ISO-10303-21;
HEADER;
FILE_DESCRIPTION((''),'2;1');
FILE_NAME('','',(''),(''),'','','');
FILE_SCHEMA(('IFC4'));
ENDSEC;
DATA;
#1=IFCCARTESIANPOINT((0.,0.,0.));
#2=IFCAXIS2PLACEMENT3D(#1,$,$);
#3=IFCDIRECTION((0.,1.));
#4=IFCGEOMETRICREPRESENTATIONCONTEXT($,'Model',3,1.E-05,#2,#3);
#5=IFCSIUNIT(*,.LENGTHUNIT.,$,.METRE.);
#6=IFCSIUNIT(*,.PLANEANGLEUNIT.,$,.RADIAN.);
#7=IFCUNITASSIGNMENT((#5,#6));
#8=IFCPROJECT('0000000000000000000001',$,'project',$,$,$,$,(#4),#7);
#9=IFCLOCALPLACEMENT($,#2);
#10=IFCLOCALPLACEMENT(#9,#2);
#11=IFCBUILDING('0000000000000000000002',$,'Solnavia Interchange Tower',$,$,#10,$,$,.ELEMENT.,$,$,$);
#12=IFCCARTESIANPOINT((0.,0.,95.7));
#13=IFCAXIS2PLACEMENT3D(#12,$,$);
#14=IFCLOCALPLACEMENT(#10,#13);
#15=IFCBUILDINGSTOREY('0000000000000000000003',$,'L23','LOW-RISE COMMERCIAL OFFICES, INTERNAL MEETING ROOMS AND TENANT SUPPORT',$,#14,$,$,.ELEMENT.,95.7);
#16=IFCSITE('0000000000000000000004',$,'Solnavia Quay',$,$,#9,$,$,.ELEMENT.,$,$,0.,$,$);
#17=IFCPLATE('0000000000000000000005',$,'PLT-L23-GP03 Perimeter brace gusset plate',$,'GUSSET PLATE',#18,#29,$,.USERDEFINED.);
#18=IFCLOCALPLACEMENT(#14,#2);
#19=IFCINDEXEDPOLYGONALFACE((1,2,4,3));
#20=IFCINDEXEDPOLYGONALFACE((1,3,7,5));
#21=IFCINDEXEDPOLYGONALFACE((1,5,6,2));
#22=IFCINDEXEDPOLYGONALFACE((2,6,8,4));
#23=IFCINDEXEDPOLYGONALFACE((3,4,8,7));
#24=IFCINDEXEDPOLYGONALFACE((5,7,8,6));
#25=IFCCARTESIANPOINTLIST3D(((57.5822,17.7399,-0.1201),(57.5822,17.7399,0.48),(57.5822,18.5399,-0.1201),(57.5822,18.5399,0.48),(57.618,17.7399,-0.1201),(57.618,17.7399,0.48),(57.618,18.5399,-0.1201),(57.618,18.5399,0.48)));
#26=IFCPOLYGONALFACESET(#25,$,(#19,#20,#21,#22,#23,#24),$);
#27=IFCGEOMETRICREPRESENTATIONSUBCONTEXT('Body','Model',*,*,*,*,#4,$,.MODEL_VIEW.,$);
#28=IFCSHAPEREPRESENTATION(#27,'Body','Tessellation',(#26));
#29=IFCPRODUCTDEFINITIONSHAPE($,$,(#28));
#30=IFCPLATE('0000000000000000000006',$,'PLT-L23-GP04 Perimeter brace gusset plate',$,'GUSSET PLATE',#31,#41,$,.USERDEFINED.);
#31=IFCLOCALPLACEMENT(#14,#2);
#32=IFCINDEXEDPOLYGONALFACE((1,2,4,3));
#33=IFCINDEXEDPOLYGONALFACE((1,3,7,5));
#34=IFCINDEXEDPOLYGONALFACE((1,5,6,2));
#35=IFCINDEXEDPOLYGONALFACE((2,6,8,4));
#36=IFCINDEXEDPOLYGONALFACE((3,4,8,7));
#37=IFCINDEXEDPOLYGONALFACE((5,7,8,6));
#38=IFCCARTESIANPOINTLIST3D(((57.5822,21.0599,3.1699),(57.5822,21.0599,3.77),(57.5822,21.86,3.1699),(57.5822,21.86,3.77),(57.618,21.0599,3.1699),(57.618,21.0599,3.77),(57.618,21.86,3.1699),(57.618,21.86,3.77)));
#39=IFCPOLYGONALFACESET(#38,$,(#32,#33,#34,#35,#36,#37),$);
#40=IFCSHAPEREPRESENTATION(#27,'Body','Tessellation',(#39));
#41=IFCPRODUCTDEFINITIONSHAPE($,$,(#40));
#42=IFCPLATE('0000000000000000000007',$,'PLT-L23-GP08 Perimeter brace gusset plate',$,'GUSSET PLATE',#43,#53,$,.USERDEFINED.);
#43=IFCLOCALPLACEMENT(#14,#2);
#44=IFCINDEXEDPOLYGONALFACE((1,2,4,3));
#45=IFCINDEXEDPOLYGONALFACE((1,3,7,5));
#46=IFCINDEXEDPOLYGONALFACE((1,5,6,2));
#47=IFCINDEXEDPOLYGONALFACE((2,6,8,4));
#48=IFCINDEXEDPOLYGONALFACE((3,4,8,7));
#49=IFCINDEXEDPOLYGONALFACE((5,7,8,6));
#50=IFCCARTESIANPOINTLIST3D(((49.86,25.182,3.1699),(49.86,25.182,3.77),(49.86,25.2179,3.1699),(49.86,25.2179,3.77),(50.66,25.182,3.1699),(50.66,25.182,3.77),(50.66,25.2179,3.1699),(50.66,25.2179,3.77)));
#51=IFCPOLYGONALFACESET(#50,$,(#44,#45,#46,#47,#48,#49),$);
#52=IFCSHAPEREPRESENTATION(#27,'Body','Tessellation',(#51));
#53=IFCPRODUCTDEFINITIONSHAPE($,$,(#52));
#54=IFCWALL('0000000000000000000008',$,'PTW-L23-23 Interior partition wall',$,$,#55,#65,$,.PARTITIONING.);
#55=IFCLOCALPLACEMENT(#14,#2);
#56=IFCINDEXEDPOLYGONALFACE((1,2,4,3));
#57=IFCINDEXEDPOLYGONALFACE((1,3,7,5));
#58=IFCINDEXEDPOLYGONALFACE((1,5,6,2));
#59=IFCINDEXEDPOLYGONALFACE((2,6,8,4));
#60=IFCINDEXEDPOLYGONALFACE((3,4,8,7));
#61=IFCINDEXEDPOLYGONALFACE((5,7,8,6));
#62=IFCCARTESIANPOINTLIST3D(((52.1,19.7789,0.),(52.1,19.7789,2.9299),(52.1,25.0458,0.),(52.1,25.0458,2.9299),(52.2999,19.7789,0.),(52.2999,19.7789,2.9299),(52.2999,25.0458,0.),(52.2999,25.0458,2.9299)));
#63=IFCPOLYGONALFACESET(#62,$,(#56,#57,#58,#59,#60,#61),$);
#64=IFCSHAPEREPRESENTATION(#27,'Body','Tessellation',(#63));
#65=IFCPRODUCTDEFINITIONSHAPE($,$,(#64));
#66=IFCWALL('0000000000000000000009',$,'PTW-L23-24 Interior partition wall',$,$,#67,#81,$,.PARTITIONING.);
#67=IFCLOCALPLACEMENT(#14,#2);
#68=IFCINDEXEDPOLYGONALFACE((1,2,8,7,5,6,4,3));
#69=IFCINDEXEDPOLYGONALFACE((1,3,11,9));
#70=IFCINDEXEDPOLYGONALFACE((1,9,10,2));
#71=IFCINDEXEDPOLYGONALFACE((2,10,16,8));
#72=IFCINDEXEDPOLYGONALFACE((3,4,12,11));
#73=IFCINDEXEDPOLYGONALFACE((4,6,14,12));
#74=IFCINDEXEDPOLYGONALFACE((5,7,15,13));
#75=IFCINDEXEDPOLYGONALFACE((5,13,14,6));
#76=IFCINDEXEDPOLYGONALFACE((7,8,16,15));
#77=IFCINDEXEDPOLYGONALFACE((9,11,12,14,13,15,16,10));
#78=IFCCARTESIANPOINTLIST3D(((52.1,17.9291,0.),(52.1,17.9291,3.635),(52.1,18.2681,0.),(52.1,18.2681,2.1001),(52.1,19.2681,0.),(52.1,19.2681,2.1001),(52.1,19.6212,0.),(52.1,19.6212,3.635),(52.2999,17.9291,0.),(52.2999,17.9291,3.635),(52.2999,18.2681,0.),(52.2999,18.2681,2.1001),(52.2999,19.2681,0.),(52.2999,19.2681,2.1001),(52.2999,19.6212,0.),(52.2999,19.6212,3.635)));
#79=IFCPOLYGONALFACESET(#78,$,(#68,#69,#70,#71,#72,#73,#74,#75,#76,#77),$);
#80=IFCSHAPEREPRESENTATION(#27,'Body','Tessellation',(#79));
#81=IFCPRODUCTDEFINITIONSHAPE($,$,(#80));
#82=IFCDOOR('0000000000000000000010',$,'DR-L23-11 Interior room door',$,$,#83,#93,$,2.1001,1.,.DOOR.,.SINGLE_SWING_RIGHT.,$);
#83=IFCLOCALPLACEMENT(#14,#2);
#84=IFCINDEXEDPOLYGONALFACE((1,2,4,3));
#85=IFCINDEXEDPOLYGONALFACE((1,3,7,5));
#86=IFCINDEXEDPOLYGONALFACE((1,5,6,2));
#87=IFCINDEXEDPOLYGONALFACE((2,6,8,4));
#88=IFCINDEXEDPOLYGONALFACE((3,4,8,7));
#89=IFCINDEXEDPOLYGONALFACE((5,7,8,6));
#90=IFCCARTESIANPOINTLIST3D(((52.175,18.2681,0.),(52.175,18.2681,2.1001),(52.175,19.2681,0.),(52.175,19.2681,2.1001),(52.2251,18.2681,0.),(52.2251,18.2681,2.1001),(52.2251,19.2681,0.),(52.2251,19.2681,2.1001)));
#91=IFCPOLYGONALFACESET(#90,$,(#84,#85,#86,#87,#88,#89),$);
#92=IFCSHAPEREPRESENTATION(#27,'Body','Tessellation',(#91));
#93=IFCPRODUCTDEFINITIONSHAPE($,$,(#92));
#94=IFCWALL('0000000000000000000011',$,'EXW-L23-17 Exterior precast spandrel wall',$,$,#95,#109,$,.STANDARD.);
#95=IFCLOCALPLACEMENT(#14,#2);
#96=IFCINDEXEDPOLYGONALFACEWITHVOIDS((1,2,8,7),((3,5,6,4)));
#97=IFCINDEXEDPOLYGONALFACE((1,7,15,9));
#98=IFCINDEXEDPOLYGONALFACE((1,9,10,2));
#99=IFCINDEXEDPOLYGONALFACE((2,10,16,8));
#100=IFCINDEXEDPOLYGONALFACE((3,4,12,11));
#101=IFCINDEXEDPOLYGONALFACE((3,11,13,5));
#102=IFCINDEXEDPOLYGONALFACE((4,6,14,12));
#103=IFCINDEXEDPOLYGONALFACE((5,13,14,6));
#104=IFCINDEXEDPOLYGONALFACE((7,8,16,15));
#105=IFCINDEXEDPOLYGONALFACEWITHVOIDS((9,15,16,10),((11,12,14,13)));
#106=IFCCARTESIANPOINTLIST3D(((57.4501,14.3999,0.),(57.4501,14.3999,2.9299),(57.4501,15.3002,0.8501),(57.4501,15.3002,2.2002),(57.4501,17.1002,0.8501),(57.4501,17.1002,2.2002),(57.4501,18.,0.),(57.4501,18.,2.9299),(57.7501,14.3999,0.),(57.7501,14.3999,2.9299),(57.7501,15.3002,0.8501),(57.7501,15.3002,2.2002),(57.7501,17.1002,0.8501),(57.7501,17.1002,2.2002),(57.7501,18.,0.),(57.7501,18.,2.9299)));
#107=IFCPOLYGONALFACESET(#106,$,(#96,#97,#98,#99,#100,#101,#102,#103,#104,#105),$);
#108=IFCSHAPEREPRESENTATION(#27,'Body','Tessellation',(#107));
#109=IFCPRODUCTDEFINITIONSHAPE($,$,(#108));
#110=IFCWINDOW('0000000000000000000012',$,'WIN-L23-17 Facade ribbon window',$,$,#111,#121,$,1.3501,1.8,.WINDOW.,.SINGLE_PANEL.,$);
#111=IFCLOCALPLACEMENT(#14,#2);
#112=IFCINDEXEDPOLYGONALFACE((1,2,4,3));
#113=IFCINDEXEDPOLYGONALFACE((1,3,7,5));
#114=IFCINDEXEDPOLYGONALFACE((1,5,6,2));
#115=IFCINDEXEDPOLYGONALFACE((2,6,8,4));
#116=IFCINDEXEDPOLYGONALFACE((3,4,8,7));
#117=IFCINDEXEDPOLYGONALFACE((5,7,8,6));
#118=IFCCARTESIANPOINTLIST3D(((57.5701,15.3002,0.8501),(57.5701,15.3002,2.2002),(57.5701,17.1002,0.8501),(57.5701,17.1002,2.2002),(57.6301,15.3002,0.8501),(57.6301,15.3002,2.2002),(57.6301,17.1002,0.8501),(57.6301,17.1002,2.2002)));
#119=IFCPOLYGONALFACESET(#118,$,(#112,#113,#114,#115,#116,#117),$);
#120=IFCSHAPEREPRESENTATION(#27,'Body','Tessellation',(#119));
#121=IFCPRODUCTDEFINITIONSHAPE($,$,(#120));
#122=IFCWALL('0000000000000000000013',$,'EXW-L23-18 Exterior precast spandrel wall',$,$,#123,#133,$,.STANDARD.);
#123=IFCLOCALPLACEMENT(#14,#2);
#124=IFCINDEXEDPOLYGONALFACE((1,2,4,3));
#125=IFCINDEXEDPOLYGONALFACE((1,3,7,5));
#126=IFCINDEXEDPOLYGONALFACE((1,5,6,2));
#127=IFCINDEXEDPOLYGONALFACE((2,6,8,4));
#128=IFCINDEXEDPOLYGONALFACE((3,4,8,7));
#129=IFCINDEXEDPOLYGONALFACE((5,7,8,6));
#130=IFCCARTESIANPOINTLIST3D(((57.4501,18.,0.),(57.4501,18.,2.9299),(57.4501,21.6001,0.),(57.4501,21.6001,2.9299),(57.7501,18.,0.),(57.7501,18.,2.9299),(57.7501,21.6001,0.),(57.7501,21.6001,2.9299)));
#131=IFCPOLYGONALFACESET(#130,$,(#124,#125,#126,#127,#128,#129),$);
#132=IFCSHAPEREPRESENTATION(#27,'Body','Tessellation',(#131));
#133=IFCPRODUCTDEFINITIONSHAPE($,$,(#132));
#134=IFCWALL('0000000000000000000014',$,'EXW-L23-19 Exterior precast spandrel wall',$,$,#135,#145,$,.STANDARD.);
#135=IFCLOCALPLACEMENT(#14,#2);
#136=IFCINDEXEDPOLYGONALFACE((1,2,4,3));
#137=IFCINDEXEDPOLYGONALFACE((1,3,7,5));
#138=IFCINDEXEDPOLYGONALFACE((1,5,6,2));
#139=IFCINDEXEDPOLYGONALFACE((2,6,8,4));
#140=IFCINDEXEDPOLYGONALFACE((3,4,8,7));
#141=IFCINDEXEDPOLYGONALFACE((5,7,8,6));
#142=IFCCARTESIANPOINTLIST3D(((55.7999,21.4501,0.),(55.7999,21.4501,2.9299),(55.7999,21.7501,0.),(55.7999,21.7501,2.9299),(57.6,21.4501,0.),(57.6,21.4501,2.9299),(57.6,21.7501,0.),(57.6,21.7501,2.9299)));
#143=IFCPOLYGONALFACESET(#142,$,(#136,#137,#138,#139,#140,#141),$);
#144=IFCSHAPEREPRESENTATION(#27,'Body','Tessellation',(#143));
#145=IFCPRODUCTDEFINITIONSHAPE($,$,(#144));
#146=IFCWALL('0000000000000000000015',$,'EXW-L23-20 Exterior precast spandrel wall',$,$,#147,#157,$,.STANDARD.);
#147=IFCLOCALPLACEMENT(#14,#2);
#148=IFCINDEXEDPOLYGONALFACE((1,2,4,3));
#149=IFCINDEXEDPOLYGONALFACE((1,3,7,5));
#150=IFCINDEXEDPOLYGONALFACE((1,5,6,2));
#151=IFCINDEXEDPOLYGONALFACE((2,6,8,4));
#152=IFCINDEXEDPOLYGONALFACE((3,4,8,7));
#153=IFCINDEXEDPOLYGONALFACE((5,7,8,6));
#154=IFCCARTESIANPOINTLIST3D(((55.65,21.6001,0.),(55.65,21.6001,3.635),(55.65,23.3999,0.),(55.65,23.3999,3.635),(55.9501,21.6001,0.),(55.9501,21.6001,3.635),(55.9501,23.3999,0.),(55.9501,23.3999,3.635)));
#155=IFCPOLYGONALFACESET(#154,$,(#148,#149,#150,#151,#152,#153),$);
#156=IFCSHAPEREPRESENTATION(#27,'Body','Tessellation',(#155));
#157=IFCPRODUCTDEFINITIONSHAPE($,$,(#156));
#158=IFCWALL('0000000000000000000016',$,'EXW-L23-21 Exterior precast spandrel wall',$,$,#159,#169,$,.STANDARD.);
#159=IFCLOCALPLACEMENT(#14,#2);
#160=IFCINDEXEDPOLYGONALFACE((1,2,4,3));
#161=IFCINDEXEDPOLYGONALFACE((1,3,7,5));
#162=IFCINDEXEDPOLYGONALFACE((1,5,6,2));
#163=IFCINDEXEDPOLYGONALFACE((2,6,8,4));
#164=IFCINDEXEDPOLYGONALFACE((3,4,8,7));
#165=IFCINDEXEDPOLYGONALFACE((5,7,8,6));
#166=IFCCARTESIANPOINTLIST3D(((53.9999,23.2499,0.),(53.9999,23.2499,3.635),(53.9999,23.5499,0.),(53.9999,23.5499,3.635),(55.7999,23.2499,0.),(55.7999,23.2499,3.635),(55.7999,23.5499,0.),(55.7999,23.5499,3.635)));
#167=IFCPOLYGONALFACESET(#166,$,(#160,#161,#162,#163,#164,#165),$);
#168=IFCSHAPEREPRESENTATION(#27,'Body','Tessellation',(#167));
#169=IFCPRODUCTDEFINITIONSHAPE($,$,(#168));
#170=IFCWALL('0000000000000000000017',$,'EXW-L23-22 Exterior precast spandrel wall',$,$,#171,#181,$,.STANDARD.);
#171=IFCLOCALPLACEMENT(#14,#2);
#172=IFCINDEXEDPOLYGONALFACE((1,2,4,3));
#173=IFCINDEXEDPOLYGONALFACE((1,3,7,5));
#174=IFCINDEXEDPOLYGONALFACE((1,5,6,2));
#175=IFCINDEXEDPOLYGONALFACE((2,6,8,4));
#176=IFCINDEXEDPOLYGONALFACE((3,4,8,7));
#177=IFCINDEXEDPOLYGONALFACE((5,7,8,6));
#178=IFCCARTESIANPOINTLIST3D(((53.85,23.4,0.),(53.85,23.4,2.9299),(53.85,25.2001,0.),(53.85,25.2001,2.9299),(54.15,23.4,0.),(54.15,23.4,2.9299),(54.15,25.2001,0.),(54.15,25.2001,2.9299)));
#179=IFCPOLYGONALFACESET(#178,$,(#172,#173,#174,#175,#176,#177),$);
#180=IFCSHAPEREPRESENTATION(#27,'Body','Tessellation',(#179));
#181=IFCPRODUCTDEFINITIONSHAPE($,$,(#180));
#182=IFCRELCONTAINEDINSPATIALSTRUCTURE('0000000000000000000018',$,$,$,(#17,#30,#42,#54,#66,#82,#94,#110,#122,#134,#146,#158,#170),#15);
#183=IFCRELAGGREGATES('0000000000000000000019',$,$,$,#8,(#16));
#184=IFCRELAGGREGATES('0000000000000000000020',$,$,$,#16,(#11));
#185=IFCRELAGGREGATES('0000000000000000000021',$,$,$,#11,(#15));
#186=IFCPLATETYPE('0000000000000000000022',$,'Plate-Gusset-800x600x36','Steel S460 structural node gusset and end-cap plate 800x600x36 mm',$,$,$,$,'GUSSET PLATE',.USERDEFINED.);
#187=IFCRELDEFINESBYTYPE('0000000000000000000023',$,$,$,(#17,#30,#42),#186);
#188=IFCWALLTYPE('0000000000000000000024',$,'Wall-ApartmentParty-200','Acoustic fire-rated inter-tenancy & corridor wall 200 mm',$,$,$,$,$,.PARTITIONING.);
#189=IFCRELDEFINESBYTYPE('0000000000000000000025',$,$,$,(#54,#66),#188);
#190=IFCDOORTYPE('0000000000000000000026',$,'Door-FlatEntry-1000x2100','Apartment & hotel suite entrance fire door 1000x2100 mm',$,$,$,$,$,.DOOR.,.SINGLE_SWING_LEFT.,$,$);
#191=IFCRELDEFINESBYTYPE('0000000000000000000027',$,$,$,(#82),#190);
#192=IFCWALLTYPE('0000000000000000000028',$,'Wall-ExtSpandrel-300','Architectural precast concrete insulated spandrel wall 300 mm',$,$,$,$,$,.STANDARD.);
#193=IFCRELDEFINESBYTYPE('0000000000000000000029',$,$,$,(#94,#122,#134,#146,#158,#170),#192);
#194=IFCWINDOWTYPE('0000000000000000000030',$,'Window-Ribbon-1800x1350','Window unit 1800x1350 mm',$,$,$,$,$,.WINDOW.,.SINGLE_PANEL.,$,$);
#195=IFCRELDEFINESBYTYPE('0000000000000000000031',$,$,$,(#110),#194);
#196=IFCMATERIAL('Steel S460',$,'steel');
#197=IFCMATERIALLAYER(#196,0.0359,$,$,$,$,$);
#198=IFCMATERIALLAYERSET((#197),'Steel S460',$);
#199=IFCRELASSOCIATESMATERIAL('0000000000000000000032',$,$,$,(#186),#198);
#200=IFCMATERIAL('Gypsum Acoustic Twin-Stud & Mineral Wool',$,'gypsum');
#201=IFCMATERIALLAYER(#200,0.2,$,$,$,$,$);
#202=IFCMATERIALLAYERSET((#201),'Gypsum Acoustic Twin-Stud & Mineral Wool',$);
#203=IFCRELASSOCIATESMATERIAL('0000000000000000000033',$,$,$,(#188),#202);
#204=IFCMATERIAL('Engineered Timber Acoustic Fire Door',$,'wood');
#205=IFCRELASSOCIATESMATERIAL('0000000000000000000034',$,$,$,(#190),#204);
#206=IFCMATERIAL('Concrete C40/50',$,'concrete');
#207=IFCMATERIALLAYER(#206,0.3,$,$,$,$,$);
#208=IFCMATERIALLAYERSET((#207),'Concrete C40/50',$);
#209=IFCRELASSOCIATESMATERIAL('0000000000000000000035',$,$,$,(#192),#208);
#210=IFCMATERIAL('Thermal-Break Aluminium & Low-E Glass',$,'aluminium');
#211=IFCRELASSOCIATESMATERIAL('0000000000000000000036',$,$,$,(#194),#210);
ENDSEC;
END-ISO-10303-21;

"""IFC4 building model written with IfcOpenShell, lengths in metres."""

from ifc_helpers import new_model, si_unit, direction, frame, frame_2d, origin, origin_2d, place, context, subcontext, project, spatial, rectangle, extrude, material, layer, layer_set, type_object, element, fill, save


model = new_model("IFC4")

# Units and contexts
model_context = context("Model", 3, precision=1e-05, world=origin(), true_north=direction((0.0, 1.0)))
body_context = subcontext(model_context, "Body", "Model", "MODEL_VIEW")
ifc_project = project(units=[si_unit("LENGTHUNIT", "METRE"), si_unit("PLANEANGLEUNIT", "RADIAN")], contexts=[model_context])

# Site, building, storey
site_placement = place(None, origin())
site = spatial("IfcSite", under=ifc_project, at=site_placement, Name="Solnavia Quay", CompositionType="ELEMENT", RefElevation=0.0)
building_placement = place(site_placement, origin())
building = spatial("IfcBuilding", under=site, at=building_placement, Name="Solnavia Interchange Tower", CompositionType="ELEMENT")
storey_placement = place(building_placement, frame((0.0, 0.0, 95.7)))
storey = spatial("IfcBuildingStorey", under=building, at=storey_placement, Name="L23", Description="LOW-RISE COMMERCIAL OFFICES, INTERNAL MEETING ROOMS AND TENANT SUPPORT", CompositionType="ELEMENT", Elevation=95.7)

# Shared definitions
ifc_material_1 = material(Name="Steel S460", Category="steel")

# Plates
ifc_layer_1 = layer(ifc_material_1, 0.0359)
ifc_layer_set_1 = layer_set([ifc_layer_1], Name="Steel S460")
plate_type = type_object("IfcPlateType", Name="Plate-Gusset-800x600x36", Description="Steel S460 structural node gusset and end-cap plate 800x600x36 mm", ElementType="GUSSET PLATE", PredefinedType="USERDEFINED", material=ifc_layer_set_1)
for number, where, z_axis, x_axis, name in (
    (1, (57.6001, 18.1399, -0.1201), (0.0, 0.0, 1.0), (0.0, 1.0, 0.0), "PLT-L23-GP03 Perimeter brace gusset plate"),
    (2, (57.6001, 21.46, 3.1699), (0.0, 0.0, 1.0), (0.0, 1.0, 0.0), "PLT-L23-GP04 Perimeter brace gusset plate"),
    (3, (50.26, 25.2, 3.1699), (0.0, 0.0, 1.0), (1.0, 0.0, 0.0), "PLT-L23-GP08 Perimeter brace gusset plate"),
):
    element("IfcPlate", number, at=place(storey_placement, frame(where, z_axis=z_axis, x_axis=x_axis)), inside=storey, type_object=plate_type, Name=name, ObjectType="GUSSET PLATE", PredefinedType="USERDEFINED", context=body_context, shape_type="SweptSolid", body=[
        extrude(rectangle(XDim=0.8, YDim=0.0359, at=origin_2d()), origin(), (0.0, 0.0, 1.0), 0.6001),
    ])

# Wall
ifc_material_2 = material(Name="Gypsum Acoustic Twin-Stud & Mineral Wool", Category="gypsum")
ifc_layer_2 = layer(ifc_material_2, 0.2)
ifc_layer_set_2 = layer_set([ifc_layer_2], Name="Gypsum Acoustic Twin-Stud & Mineral Wool")
wall_type_1 = type_object("IfcWallType", Name="Wall-ApartmentParty-200", Description="Acoustic fire-rated inter-tenancy & corridor wall 200 mm", PredefinedType="PARTITIONING", material=ifc_layer_set_2)
wall_1_placement = place(storey_placement, frame((52.2, 19.7791, 0.0), z_axis=(0.0, 0.0, 1.0), x_axis=(0.0, 1.0, 0.0)))
element("IfcWall", 4, at=wall_1_placement, inside=storey, type_object=wall_type_1, Name="PTW-L23-23 Interior partition wall", PredefinedType="PARTITIONING", context=body_context, shape_type="SweptSolid", body=[
    extrude(rectangle(XDim=5.2668, YDim=0.2, at=frame_2d((2.6333, 0.0))), origin(), (0.0, 0.0, 1.0), 2.9299),
])

# Wall, opening, door
wall_2_placement = place(storey_placement, frame((52.2, 17.929, 0.0), z_axis=(0.0, 0.0, 1.0), x_axis=(0.0, 1.0, 0.0)))
wall_2 = element("IfcWall", 5, at=wall_2_placement, inside=storey, type_object=wall_type_1, Name="PTW-L23-24 Interior partition wall", PredefinedType="PARTITIONING", context=body_context, shape_type="SweptSolid", body=[
    extrude(rectangle(XDim=1.6921, YDim=0.2, at=frame_2d((0.8462, 0.0))), origin(), (0.0, 0.0, 1.0), 3.635),
])
opening_1_placement = place(wall_2_placement, frame((0.3391, 0.0, 0.0)))
opening_1 = element("IfcOpeningElement", 6, at=opening_1_placement, cuts=wall_2, PredefinedType="OPENING", context=body_context, shape_type="SweptSolid", body=[
    extrude(rectangle(XDim=1.0, YDim=2.1001, at=frame_2d((0.5, 1.05))), frame((0.0, 0.1099, 0.0), z_axis=(0.0, -1.0, 0.0), x_axis=(1.0, 0.0, 0.0)), (0.0, 0.0, 1.0), 0.22),
])
ifc_material_3 = material(Name="Engineered Timber Acoustic Fire Door", Category="wood")
door_type = type_object("IfcDoorType", Name="Door-FlatEntry-1000x2100", Description="Apartment & hotel suite entrance fire door 1000x2100 mm", OperationType="SINGLE_SWING_LEFT", PredefinedType="DOOR", material=ifc_material_3)
door_placement = place(opening_1_placement, origin())
door = element("IfcDoor", 7, at=door_placement, inside=storey, type_object=door_type, Name="DR-L23-11 Interior room door", OperationType="SINGLE_SWING_RIGHT", OverallHeight=2.1001, OverallWidth=1.0, PredefinedType="DOOR", context=body_context, shape_type="SweptSolid", body=[
    extrude(rectangle(XDim=1.0, YDim=2.1001, at=frame_2d((0.5, 1.05))), frame((0.0, 0.0249, 0.0), z_axis=(0.0, -1.0, 0.0), x_axis=(1.0, 0.0, 0.0)), (0.0, 0.0, 1.0), 0.05),
])
fill(opening_1, door)

# Wall, opening, window
ifc_material_4 = material(Name="Concrete C40/50", Category="concrete")
ifc_layer_3 = layer(ifc_material_4, 0.3)
ifc_layer_set_3 = layer_set([ifc_layer_3], Name="Concrete C40/50")
wall_type_2 = type_object("IfcWallType", Name="Wall-ExtSpandrel-300", Description="Architectural precast concrete insulated spandrel wall 300 mm", PredefinedType="STANDARD", material=ifc_layer_set_3)
wall_3_placement = place(storey_placement, frame((57.6001, 18.0, 0.0), z_axis=(0.0, 0.0, 1.0), x_axis=(0.0, -1.0, 0.0)))
wall_3 = element("IfcWall", 8, at=wall_3_placement, inside=storey, type_object=wall_type_2, Name="EXW-L23-17 Exterior precast spandrel wall", PredefinedType="STANDARD", context=body_context, shape_type="SweptSolid", body=[
    extrude(rectangle(XDim=3.6001, YDim=0.3, at=frame_2d((1.8, 0.0))), origin(), (0.0, 0.0, 1.0), 2.9299),
])
opening_2_placement = place(wall_3_placement, frame((0.8999, 0.0, 0.8501)))
opening_2 = element("IfcOpeningElement", 9, at=opening_2_placement, cuts=wall_3, PredefinedType="OPENING", context=body_context, shape_type="SweptSolid", body=[
    extrude(rectangle(XDim=1.8, YDim=1.3501, at=frame_2d((0.8999, 0.675))), frame((0.0, 0.1602, 0.0), z_axis=(0.0, -1.0, 0.0), x_axis=(1.0, 0.0, 0.0)), (0.0, 0.0, 1.0), 0.3201),
])
ifc_material_5 = material(Name="Thermal-Break Aluminium & Low-E Glass", Category="aluminium")
window_type = type_object("IfcWindowType", Name="Window-Ribbon-1800x1350", Description="Window unit 1800x1350 mm", PartitioningType="SINGLE_PANEL", PredefinedType="WINDOW", material=ifc_material_5)
window_placement = place(opening_2_placement, origin())
window = element("IfcWindow", 10, at=window_placement, inside=storey, type_object=window_type, Name="WIN-L23-17 Facade ribbon window", OverallHeight=1.3501, OverallWidth=1.8, PartitioningType="SINGLE_PANEL", PredefinedType="WINDOW", context=body_context, shape_type="SweptSolid", body=[
    extrude(rectangle(XDim=1.8, YDim=1.3501, at=frame_2d((0.8999, 0.675))), frame((0.0, 0.03, 0.0), z_axis=(0.0, -1.0, 0.0), x_axis=(1.0, 0.0, 0.0)), (0.0, 0.0, 1.0), 0.0601),
])
fill(opening_2, window)

# Walls
wall_4_placement = place(storey_placement, frame((57.6001, 21.6001, 0.0), z_axis=(0.0, 0.0, 1.0), x_axis=(0.0, -1.0, 0.0)))
element("IfcWall", 11, at=wall_4_placement, inside=storey, type_object=wall_type_2, Name="EXW-L23-18 Exterior precast spandrel wall", PredefinedType="STANDARD", context=body_context, shape_type="SweptSolid", body=[
    extrude(rectangle(XDim=3.6001, YDim=0.3, at=frame_2d((1.8, 0.0))), origin(), (0.0, 0.0, 1.0), 2.9299),
])
wall_5_placement = place(storey_placement, frame((55.8, 21.6001, 0.0), z_axis=(0.0, 0.0, 1.0), x_axis=(1.0, 0.0, 0.0)))
element("IfcWall", 12, at=wall_5_placement, inside=storey, type_object=wall_type_2, Name="EXW-L23-19 Exterior precast spandrel wall", PredefinedType="STANDARD", context=body_context, shape_type="SweptSolid", body=[
    extrude(rectangle(XDim=1.8, YDim=0.3, at=frame_2d((0.8999, 0.0))), origin(), (0.0, 0.0, 1.0), 2.9299),
])
wall_6_placement = place(storey_placement, frame((55.8, 23.3999, 0.0), z_axis=(0.0, 0.0, 1.0), x_axis=(0.0, -1.0, 0.0)))
element("IfcWall", 13, at=wall_6_placement, inside=storey, type_object=wall_type_2, Name="EXW-L23-20 Exterior precast spandrel wall", PredefinedType="STANDARD", context=body_context, shape_type="SweptSolid", body=[
    extrude(rectangle(XDim=1.7998, YDim=0.3, at=frame_2d((0.8999, 0.0))), origin(), (0.0, 0.0, 1.0), 3.635),
])
wall_7_placement = place(storey_placement, frame((54.0, 23.3999, 0.0), z_axis=(0.0, 0.0, 1.0), x_axis=(1.0, 0.0, 0.0)))
element("IfcWall", 14, at=wall_7_placement, inside=storey, type_object=wall_type_2, Name="EXW-L23-21 Exterior precast spandrel wall", PredefinedType="STANDARD", context=body_context, shape_type="SweptSolid", body=[
    extrude(rectangle(XDim=1.8, YDim=0.3, at=frame_2d((0.8999, 0.0))), origin(), (0.0, 0.0, 1.0), 3.635),
])
wall_8_placement = place(storey_placement, frame((54.0, 25.2, 0.0), z_axis=(0.0, 0.0, 1.0), x_axis=(0.0, -1.0, 0.0)))
element("IfcWall", 15, at=wall_8_placement, inside=storey, type_object=wall_type_2, Name="EXW-L23-22 Exterior precast spandrel wall", PredefinedType="STANDARD", context=body_context, shape_type="SweptSolid", body=[
    extrude(rectangle(XDim=1.8, YDim=0.3, at=frame_2d((0.8999, 0.0))), origin(), (0.0, 0.0, 1.0), 2.9299),
])

save(model, "model.ifc")
